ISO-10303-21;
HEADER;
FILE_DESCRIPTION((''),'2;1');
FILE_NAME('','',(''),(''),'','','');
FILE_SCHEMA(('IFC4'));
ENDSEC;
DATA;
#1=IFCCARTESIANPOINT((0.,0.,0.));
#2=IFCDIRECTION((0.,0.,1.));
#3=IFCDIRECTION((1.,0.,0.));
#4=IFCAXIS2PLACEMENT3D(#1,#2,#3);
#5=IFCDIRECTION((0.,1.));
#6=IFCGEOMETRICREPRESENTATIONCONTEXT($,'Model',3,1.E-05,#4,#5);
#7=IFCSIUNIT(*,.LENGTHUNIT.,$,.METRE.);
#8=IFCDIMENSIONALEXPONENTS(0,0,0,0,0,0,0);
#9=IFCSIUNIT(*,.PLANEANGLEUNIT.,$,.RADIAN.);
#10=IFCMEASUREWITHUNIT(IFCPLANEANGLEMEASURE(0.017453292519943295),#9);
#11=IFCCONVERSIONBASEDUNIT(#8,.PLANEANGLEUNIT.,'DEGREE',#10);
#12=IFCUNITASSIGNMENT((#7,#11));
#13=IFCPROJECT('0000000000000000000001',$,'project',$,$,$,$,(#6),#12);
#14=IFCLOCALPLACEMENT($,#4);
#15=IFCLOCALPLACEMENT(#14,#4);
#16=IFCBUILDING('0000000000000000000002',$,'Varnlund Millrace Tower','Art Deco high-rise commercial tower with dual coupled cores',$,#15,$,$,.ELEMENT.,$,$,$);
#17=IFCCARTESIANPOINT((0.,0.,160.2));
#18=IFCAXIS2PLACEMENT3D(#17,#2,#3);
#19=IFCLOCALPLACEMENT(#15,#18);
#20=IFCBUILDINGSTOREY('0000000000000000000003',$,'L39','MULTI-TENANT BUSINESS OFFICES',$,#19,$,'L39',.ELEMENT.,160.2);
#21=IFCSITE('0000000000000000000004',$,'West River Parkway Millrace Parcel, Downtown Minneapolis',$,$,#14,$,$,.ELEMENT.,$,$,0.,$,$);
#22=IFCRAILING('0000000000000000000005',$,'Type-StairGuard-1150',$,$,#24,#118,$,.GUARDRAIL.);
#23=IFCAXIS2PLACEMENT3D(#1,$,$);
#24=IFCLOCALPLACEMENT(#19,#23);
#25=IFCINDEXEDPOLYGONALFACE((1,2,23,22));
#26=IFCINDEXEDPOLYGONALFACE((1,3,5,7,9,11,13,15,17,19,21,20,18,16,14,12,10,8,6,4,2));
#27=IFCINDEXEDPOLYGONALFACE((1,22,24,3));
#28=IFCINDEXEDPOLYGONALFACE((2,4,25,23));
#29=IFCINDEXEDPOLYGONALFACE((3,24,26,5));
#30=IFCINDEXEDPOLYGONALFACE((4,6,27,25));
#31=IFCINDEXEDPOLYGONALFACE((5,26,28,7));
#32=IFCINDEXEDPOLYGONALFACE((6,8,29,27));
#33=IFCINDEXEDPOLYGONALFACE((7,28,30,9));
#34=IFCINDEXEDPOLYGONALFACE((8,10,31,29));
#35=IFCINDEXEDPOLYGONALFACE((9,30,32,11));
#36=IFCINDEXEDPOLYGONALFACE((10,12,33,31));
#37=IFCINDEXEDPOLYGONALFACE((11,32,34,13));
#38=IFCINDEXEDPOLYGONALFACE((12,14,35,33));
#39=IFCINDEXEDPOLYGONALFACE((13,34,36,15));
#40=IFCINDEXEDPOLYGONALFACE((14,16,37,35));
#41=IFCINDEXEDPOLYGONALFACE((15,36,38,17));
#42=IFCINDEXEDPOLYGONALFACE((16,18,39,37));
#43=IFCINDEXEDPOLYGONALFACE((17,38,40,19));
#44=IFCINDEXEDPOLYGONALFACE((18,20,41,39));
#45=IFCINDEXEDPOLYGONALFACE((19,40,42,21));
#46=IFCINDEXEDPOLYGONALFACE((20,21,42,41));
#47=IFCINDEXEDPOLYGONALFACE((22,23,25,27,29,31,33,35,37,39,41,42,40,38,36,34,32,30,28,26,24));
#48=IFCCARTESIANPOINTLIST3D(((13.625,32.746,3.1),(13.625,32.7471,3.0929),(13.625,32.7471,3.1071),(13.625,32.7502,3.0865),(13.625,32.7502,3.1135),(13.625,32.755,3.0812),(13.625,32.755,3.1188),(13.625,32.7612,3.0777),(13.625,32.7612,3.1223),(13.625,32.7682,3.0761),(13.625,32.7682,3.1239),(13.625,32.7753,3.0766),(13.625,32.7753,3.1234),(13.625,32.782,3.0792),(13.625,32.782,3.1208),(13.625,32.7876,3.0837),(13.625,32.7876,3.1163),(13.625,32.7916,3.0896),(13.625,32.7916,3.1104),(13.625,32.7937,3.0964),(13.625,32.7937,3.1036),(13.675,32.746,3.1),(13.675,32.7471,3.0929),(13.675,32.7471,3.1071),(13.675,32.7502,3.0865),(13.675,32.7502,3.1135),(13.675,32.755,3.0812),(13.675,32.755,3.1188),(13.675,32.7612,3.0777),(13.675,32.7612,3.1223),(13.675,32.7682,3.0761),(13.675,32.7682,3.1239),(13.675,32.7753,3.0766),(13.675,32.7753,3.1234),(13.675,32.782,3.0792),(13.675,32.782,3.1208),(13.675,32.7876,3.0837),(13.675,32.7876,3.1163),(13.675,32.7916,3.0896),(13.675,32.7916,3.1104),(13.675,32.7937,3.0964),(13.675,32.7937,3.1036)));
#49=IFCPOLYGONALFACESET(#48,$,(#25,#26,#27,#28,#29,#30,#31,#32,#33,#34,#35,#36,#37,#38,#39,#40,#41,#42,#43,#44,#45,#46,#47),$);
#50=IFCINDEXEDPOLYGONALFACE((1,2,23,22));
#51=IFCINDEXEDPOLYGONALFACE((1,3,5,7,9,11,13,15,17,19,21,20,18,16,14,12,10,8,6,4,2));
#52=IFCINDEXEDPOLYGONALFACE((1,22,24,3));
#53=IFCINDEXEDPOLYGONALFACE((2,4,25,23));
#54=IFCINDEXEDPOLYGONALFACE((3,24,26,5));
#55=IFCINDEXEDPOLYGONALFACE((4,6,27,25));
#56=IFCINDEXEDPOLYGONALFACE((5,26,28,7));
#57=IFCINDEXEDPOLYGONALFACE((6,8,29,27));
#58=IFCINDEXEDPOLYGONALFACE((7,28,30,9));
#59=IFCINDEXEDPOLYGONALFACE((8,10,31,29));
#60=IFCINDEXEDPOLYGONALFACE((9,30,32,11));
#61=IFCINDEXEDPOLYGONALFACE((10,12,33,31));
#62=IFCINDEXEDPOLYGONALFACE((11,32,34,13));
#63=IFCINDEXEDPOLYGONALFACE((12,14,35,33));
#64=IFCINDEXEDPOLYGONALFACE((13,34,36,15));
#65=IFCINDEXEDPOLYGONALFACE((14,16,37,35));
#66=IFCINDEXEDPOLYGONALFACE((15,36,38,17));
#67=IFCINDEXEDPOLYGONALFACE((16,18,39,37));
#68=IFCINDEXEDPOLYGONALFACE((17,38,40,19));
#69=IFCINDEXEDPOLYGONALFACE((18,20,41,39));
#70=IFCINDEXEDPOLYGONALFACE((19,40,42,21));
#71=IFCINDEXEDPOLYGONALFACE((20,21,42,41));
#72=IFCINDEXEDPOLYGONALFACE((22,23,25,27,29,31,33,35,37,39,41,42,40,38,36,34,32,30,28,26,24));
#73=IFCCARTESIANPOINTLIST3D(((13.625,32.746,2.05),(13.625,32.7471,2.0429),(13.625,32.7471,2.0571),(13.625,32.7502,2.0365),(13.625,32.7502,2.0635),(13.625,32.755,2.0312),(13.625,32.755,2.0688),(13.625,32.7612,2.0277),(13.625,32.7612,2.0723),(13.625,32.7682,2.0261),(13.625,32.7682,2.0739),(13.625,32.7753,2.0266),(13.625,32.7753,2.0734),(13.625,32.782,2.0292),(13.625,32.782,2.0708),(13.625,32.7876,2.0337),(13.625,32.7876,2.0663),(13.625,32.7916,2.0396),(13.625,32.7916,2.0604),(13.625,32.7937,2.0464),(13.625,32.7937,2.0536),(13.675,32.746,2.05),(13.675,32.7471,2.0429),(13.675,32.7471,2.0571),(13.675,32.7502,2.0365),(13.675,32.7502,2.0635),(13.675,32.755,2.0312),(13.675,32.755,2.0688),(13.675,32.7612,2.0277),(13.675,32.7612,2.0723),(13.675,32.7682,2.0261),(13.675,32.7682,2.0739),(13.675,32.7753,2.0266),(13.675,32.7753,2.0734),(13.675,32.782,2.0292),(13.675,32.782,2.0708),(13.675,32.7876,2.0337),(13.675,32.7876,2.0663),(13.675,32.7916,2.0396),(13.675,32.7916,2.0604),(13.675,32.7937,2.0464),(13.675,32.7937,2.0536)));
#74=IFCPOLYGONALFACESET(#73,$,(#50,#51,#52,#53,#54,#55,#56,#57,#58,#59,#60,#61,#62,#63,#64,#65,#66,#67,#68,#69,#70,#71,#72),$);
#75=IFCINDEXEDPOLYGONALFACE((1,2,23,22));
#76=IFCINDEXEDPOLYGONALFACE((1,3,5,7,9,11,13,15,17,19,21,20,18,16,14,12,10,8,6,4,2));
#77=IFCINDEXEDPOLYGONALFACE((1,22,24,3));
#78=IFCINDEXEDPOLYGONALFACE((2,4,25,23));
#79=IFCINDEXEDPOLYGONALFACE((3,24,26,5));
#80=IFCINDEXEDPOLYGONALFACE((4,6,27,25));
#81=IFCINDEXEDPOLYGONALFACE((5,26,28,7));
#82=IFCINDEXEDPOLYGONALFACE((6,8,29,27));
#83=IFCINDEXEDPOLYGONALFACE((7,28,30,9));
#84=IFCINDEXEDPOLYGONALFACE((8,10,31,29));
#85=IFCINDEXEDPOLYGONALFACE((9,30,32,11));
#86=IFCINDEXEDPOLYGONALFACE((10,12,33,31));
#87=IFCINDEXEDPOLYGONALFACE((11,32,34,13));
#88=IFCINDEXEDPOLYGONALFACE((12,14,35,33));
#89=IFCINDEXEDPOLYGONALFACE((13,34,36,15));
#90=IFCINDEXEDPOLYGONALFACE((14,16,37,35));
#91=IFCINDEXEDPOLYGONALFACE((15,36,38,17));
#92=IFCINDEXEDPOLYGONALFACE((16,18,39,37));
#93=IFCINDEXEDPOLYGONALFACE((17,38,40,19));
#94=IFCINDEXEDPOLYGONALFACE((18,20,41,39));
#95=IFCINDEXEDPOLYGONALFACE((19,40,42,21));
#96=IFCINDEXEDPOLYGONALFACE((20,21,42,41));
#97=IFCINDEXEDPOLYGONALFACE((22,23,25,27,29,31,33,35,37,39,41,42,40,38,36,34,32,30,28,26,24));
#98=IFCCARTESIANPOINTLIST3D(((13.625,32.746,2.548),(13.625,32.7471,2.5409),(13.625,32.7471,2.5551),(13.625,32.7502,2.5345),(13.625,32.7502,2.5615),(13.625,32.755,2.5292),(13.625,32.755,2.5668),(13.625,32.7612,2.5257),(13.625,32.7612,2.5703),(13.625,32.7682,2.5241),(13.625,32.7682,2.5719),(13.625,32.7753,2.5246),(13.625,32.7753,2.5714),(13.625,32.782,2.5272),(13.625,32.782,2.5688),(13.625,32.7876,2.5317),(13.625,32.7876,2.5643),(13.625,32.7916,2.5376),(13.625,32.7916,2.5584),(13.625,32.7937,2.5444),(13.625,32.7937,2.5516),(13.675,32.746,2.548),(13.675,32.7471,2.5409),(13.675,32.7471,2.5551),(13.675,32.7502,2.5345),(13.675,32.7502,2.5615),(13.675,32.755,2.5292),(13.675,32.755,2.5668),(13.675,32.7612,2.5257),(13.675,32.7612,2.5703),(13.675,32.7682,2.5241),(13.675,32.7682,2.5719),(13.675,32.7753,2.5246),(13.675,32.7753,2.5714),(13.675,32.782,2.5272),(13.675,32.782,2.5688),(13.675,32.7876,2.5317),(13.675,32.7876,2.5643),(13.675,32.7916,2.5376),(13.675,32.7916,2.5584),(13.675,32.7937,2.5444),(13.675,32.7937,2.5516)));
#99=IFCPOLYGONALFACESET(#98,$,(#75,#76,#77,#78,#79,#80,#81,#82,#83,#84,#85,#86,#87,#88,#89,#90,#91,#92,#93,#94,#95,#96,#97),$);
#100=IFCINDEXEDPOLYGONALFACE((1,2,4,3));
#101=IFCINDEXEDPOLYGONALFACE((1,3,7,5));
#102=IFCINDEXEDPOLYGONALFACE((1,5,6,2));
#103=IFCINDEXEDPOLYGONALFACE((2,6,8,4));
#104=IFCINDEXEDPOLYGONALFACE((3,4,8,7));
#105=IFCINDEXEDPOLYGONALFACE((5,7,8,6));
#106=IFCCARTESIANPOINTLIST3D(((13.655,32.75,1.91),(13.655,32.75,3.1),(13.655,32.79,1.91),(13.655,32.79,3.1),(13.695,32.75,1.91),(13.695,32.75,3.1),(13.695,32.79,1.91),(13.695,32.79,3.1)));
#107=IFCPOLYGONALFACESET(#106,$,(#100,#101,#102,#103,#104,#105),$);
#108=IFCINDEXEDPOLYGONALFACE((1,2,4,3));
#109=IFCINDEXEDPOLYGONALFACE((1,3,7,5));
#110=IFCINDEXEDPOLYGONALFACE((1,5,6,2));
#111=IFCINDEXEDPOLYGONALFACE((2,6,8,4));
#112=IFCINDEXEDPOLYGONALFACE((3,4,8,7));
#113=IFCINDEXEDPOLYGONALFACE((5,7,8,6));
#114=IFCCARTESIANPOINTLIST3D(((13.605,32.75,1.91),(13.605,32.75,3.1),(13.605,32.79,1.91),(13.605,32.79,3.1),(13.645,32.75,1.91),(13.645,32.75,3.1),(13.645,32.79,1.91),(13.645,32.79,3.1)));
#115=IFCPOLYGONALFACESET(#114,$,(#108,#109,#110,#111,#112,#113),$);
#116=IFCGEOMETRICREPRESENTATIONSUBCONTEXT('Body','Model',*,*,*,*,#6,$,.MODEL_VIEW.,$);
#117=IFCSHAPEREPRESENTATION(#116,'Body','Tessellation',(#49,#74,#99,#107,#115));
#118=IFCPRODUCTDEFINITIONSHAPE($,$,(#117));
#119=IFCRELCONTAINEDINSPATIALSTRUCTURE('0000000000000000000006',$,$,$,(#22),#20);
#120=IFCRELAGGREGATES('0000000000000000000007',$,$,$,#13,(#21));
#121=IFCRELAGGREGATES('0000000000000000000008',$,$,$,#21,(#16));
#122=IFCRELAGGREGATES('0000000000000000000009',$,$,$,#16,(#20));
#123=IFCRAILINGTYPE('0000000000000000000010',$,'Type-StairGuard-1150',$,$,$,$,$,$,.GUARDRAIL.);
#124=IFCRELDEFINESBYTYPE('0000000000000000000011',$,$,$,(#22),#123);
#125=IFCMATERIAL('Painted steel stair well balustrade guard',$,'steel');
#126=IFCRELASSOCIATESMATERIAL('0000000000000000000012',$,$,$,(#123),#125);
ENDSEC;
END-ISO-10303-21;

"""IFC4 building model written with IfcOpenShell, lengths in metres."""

from ifc_helpers import new_model, entity, si_unit, converted_unit, direction, frame, origin_with_axes, origin_2d_with_axis, place, context, subcontext, project, spatial, rectangle, circle, extrude, material, type_object, element, save


model = new_model("IFC4")

# Units and contexts
model_context = context("Model", 3, precision=1e-05, world=origin_with_axes(), true_north=direction((0.0, 1.0)))
body_context = subcontext(model_context, "Body", "Model", "MODEL_VIEW")
ifc_project = project(units=[si_unit("LENGTHUNIT", "METRE"), converted_unit("PLANEANGLEUNIT", "DEGREE", entity("IfcPlaneAngleMeasure", 0.017453292519943295), si_unit("PLANEANGLEUNIT", "RADIAN"), dimensions=[0, 0, 0, 0, 0, 0, 0])], contexts=[model_context])

# Site, building, storey
site_placement = place(None, origin_with_axes())
site = spatial("IfcSite", under=ifc_project, at=site_placement, Name="West River Parkway Millrace Parcel, Downtown Minneapolis", CompositionType="ELEMENT", RefElevation=0.0)
building_placement = place(site_placement, origin_with_axes())
building = spatial("IfcBuilding", under=site, at=building_placement, Name="Varnlund Millrace Tower", Description="Art Deco high-rise commercial tower with dual coupled cores", CompositionType="ELEMENT")
storey_placement = place(building_placement, frame((0.0, 0.0, 160.2), z_axis=(0.0, 0.0, 1.0), x_axis=(1.0, 0.0, 0.0)))
storey = spatial("IfcBuildingStorey", under=building, at=storey_placement, Name="L39", Description="MULTI-TENANT BUSINESS OFFICES", LongName="L39", CompositionType="ELEMENT", Elevation=160.2)

# Railing
ifc_material_1 = material(Name="Painted steel stair well balustrade guard", Category="steel")
railing_type_1 = type_object("IfcRailingType", Name="Type-StairGuard-1150", PredefinedType="GUARDRAIL", material=ifc_material_1)
railing_1_placement = place(storey_placement, frame((0.0, 0.0, -160.2), z_axis=(0.0, 0.0, 1.0), x_axis=(1.0, 0.0, 0.0)))
element("IfcRailing", 1, at=railing_1_placement, inside=storey, type_object=railing_type_1, Name="Type-StairGuard-1150", PredefinedType="GUARDRAIL", context=body_context, shape_type="SweptSolid", body=[
    extrude(circle(Radius=0.024, at=origin_2d_with_axis()), frame((13.675, 32.77, 163.3), z_axis=(-1.0, 0.0, 0.0), x_axis=(0.0, -1.0, 0.0)), (0.0, 0.0, 1.0), 0.05),
    extrude(circle(Radius=0.024, at=origin_2d_with_axis()), frame((13.675, 32.77, 162.25), z_axis=(-1.0, 0.0, 0.0), x_axis=(0.0, -1.0, 0.0)), (0.0, 0.0, 1.0), 0.05),
    extrude(circle(Radius=0.024, at=origin_2d_with_axis()), frame((13.675, 32.77, 162.748), z_axis=(-1.0, 0.0, 0.0), x_axis=(0.0, -1.0, 0.0)), (0.0, 0.0, 1.0), 0.05),
    extrude(rectangle(XDim=0.04, YDim=0.04, at=origin_2d_with_axis()), frame((13.675, 32.77, 162.11), z_axis=(0.0, 0.0, 1.0), x_axis=(1.0, 0.0, 0.0)), (0.0, 0.0, 1.0), 1.19),
    extrude(rectangle(XDim=0.04, YDim=0.04, at=origin_2d_with_axis()), frame((13.625, 32.77, 162.11), z_axis=(0.0, 0.0, 1.0), x_axis=(1.0, 0.0, 0.0)), (0.0, 0.0, 1.0), 1.19),
])

save(model, "model.ifc")
